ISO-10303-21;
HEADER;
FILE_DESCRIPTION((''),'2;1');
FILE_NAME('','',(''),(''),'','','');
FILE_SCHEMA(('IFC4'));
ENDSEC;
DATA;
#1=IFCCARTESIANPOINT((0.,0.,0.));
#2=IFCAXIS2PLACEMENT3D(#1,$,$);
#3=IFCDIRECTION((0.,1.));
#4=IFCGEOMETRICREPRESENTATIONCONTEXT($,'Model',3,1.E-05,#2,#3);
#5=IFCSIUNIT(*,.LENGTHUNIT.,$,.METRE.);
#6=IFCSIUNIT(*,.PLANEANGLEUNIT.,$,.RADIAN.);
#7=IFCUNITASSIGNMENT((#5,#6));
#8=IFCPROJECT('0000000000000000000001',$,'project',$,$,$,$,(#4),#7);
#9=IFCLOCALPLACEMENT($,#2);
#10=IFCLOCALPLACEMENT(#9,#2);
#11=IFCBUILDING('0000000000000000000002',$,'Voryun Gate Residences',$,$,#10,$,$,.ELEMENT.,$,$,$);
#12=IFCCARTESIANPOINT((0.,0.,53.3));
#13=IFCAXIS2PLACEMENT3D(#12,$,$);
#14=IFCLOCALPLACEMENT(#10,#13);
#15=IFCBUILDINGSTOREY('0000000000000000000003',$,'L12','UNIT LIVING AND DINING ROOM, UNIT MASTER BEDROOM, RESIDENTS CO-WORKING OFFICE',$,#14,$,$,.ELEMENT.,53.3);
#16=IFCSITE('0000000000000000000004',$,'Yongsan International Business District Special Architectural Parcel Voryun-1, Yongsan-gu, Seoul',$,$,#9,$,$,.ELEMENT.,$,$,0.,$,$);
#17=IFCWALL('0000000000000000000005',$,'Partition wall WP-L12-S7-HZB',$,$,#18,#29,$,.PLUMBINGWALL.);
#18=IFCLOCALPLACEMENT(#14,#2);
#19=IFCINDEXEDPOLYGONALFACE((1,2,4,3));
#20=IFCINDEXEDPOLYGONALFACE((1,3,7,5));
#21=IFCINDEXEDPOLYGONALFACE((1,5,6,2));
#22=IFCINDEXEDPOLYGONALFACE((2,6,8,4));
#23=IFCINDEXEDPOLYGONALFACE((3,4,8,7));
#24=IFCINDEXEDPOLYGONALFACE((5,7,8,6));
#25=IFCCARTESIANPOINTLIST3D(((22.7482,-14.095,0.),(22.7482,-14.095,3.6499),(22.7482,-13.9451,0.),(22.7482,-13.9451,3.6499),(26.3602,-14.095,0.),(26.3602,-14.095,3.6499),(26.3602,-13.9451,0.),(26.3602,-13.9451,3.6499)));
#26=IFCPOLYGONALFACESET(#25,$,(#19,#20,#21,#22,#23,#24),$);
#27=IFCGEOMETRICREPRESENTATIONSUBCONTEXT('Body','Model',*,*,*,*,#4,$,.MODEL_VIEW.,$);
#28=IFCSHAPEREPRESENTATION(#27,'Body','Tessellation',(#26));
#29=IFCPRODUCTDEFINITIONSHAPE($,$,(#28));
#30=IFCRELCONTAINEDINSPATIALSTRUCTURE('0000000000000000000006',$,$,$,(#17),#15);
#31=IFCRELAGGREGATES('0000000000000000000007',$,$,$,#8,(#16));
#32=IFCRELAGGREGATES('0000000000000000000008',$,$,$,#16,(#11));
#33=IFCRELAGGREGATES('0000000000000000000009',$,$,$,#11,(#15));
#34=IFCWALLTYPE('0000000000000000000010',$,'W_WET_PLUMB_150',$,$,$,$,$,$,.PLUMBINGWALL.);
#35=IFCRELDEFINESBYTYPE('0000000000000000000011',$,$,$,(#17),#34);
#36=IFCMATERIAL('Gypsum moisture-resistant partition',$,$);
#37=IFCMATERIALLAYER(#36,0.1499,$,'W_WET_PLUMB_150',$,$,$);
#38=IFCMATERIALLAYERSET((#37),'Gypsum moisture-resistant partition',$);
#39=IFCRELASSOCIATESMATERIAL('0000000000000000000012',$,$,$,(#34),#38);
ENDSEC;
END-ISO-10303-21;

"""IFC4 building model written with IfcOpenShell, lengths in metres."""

from ifc_helpers import new_model, si_unit, direction, frame, frame_2d, origin, place, context, subcontext, project, spatial, rectangle, extrude, material, layer, layer_set, type_object, element, save


model = new_model("IFC4")

# Units and contexts
model_context = context("Model", 3, precision=1e-05, world=origin(), true_north=direction((0.0, 1.0)))
body_context = subcontext(model_context, "Body", "Model", "MODEL_VIEW")
ifc_project = project(units=[si_unit("LENGTHUNIT", "METRE"), si_unit("PLANEANGLEUNIT", "RADIAN")], contexts=[model_context])

# Site, building, storey
site_placement = place(None, origin())
site = spatial("IfcSite", under=ifc_project, at=site_placement, Name="Yongsan International Business District Special Architectural Parcel Voryun-1, Yongsan-gu, Seoul", CompositionType="ELEMENT", RefElevation=0.0)
building_placement = place(site_placement, origin())
building = spatial("IfcBuilding", under=site, at=building_placement, Name="Voryun Gate Residences", CompositionType="ELEMENT")
storey_placement = place(building_placement, frame((0.0, 0.0, 53.3)))
storey = spatial("IfcBuildingStorey", under=building, at=storey_placement, Name="L12", Description="UNIT LIVING AND DINING ROOM, UNIT MASTER BEDROOM, RESIDENTS CO-WORKING OFFICE", CompositionType="ELEMENT", Elevation=53.3)

# Wall
ifc_material_1 = material(Name="Gypsum moisture-resistant partition")
ifc_layer_1 = layer(ifc_material_1, 0.1499, Name="W_WET_PLUMB_150")
ifc_layer_set_1 = layer_set([ifc_layer_1], Name="Gypsum moisture-resistant partition")
wall_type_1 = type_object("IfcWallType", Name="W_WET_PLUMB_150", PredefinedType="PLUMBINGWALL", material=ifc_layer_set_1)
wall_1_placement = place(storey_placement, frame((22.748, -14.02, 0.0), z_axis=(0.0, 0.0, 1.0), x_axis=(1.0, 0.0, 0.0)))
element("IfcWall", 1, at=wall_1_placement, inside=storey, type_object=wall_type_1, Name="Partition wall WP-L12-S7-HZB", PredefinedType="PLUMBINGWALL", context=body_context, shape_type="SweptSolid", body=[
    extrude(rectangle(XDim=3.6121, YDim=0.1499, at=frame_2d((1.8062, 0.0))), origin(), (0.0, 0.0, 1.0), 3.6499),
])

save(model, "model.ifc")
